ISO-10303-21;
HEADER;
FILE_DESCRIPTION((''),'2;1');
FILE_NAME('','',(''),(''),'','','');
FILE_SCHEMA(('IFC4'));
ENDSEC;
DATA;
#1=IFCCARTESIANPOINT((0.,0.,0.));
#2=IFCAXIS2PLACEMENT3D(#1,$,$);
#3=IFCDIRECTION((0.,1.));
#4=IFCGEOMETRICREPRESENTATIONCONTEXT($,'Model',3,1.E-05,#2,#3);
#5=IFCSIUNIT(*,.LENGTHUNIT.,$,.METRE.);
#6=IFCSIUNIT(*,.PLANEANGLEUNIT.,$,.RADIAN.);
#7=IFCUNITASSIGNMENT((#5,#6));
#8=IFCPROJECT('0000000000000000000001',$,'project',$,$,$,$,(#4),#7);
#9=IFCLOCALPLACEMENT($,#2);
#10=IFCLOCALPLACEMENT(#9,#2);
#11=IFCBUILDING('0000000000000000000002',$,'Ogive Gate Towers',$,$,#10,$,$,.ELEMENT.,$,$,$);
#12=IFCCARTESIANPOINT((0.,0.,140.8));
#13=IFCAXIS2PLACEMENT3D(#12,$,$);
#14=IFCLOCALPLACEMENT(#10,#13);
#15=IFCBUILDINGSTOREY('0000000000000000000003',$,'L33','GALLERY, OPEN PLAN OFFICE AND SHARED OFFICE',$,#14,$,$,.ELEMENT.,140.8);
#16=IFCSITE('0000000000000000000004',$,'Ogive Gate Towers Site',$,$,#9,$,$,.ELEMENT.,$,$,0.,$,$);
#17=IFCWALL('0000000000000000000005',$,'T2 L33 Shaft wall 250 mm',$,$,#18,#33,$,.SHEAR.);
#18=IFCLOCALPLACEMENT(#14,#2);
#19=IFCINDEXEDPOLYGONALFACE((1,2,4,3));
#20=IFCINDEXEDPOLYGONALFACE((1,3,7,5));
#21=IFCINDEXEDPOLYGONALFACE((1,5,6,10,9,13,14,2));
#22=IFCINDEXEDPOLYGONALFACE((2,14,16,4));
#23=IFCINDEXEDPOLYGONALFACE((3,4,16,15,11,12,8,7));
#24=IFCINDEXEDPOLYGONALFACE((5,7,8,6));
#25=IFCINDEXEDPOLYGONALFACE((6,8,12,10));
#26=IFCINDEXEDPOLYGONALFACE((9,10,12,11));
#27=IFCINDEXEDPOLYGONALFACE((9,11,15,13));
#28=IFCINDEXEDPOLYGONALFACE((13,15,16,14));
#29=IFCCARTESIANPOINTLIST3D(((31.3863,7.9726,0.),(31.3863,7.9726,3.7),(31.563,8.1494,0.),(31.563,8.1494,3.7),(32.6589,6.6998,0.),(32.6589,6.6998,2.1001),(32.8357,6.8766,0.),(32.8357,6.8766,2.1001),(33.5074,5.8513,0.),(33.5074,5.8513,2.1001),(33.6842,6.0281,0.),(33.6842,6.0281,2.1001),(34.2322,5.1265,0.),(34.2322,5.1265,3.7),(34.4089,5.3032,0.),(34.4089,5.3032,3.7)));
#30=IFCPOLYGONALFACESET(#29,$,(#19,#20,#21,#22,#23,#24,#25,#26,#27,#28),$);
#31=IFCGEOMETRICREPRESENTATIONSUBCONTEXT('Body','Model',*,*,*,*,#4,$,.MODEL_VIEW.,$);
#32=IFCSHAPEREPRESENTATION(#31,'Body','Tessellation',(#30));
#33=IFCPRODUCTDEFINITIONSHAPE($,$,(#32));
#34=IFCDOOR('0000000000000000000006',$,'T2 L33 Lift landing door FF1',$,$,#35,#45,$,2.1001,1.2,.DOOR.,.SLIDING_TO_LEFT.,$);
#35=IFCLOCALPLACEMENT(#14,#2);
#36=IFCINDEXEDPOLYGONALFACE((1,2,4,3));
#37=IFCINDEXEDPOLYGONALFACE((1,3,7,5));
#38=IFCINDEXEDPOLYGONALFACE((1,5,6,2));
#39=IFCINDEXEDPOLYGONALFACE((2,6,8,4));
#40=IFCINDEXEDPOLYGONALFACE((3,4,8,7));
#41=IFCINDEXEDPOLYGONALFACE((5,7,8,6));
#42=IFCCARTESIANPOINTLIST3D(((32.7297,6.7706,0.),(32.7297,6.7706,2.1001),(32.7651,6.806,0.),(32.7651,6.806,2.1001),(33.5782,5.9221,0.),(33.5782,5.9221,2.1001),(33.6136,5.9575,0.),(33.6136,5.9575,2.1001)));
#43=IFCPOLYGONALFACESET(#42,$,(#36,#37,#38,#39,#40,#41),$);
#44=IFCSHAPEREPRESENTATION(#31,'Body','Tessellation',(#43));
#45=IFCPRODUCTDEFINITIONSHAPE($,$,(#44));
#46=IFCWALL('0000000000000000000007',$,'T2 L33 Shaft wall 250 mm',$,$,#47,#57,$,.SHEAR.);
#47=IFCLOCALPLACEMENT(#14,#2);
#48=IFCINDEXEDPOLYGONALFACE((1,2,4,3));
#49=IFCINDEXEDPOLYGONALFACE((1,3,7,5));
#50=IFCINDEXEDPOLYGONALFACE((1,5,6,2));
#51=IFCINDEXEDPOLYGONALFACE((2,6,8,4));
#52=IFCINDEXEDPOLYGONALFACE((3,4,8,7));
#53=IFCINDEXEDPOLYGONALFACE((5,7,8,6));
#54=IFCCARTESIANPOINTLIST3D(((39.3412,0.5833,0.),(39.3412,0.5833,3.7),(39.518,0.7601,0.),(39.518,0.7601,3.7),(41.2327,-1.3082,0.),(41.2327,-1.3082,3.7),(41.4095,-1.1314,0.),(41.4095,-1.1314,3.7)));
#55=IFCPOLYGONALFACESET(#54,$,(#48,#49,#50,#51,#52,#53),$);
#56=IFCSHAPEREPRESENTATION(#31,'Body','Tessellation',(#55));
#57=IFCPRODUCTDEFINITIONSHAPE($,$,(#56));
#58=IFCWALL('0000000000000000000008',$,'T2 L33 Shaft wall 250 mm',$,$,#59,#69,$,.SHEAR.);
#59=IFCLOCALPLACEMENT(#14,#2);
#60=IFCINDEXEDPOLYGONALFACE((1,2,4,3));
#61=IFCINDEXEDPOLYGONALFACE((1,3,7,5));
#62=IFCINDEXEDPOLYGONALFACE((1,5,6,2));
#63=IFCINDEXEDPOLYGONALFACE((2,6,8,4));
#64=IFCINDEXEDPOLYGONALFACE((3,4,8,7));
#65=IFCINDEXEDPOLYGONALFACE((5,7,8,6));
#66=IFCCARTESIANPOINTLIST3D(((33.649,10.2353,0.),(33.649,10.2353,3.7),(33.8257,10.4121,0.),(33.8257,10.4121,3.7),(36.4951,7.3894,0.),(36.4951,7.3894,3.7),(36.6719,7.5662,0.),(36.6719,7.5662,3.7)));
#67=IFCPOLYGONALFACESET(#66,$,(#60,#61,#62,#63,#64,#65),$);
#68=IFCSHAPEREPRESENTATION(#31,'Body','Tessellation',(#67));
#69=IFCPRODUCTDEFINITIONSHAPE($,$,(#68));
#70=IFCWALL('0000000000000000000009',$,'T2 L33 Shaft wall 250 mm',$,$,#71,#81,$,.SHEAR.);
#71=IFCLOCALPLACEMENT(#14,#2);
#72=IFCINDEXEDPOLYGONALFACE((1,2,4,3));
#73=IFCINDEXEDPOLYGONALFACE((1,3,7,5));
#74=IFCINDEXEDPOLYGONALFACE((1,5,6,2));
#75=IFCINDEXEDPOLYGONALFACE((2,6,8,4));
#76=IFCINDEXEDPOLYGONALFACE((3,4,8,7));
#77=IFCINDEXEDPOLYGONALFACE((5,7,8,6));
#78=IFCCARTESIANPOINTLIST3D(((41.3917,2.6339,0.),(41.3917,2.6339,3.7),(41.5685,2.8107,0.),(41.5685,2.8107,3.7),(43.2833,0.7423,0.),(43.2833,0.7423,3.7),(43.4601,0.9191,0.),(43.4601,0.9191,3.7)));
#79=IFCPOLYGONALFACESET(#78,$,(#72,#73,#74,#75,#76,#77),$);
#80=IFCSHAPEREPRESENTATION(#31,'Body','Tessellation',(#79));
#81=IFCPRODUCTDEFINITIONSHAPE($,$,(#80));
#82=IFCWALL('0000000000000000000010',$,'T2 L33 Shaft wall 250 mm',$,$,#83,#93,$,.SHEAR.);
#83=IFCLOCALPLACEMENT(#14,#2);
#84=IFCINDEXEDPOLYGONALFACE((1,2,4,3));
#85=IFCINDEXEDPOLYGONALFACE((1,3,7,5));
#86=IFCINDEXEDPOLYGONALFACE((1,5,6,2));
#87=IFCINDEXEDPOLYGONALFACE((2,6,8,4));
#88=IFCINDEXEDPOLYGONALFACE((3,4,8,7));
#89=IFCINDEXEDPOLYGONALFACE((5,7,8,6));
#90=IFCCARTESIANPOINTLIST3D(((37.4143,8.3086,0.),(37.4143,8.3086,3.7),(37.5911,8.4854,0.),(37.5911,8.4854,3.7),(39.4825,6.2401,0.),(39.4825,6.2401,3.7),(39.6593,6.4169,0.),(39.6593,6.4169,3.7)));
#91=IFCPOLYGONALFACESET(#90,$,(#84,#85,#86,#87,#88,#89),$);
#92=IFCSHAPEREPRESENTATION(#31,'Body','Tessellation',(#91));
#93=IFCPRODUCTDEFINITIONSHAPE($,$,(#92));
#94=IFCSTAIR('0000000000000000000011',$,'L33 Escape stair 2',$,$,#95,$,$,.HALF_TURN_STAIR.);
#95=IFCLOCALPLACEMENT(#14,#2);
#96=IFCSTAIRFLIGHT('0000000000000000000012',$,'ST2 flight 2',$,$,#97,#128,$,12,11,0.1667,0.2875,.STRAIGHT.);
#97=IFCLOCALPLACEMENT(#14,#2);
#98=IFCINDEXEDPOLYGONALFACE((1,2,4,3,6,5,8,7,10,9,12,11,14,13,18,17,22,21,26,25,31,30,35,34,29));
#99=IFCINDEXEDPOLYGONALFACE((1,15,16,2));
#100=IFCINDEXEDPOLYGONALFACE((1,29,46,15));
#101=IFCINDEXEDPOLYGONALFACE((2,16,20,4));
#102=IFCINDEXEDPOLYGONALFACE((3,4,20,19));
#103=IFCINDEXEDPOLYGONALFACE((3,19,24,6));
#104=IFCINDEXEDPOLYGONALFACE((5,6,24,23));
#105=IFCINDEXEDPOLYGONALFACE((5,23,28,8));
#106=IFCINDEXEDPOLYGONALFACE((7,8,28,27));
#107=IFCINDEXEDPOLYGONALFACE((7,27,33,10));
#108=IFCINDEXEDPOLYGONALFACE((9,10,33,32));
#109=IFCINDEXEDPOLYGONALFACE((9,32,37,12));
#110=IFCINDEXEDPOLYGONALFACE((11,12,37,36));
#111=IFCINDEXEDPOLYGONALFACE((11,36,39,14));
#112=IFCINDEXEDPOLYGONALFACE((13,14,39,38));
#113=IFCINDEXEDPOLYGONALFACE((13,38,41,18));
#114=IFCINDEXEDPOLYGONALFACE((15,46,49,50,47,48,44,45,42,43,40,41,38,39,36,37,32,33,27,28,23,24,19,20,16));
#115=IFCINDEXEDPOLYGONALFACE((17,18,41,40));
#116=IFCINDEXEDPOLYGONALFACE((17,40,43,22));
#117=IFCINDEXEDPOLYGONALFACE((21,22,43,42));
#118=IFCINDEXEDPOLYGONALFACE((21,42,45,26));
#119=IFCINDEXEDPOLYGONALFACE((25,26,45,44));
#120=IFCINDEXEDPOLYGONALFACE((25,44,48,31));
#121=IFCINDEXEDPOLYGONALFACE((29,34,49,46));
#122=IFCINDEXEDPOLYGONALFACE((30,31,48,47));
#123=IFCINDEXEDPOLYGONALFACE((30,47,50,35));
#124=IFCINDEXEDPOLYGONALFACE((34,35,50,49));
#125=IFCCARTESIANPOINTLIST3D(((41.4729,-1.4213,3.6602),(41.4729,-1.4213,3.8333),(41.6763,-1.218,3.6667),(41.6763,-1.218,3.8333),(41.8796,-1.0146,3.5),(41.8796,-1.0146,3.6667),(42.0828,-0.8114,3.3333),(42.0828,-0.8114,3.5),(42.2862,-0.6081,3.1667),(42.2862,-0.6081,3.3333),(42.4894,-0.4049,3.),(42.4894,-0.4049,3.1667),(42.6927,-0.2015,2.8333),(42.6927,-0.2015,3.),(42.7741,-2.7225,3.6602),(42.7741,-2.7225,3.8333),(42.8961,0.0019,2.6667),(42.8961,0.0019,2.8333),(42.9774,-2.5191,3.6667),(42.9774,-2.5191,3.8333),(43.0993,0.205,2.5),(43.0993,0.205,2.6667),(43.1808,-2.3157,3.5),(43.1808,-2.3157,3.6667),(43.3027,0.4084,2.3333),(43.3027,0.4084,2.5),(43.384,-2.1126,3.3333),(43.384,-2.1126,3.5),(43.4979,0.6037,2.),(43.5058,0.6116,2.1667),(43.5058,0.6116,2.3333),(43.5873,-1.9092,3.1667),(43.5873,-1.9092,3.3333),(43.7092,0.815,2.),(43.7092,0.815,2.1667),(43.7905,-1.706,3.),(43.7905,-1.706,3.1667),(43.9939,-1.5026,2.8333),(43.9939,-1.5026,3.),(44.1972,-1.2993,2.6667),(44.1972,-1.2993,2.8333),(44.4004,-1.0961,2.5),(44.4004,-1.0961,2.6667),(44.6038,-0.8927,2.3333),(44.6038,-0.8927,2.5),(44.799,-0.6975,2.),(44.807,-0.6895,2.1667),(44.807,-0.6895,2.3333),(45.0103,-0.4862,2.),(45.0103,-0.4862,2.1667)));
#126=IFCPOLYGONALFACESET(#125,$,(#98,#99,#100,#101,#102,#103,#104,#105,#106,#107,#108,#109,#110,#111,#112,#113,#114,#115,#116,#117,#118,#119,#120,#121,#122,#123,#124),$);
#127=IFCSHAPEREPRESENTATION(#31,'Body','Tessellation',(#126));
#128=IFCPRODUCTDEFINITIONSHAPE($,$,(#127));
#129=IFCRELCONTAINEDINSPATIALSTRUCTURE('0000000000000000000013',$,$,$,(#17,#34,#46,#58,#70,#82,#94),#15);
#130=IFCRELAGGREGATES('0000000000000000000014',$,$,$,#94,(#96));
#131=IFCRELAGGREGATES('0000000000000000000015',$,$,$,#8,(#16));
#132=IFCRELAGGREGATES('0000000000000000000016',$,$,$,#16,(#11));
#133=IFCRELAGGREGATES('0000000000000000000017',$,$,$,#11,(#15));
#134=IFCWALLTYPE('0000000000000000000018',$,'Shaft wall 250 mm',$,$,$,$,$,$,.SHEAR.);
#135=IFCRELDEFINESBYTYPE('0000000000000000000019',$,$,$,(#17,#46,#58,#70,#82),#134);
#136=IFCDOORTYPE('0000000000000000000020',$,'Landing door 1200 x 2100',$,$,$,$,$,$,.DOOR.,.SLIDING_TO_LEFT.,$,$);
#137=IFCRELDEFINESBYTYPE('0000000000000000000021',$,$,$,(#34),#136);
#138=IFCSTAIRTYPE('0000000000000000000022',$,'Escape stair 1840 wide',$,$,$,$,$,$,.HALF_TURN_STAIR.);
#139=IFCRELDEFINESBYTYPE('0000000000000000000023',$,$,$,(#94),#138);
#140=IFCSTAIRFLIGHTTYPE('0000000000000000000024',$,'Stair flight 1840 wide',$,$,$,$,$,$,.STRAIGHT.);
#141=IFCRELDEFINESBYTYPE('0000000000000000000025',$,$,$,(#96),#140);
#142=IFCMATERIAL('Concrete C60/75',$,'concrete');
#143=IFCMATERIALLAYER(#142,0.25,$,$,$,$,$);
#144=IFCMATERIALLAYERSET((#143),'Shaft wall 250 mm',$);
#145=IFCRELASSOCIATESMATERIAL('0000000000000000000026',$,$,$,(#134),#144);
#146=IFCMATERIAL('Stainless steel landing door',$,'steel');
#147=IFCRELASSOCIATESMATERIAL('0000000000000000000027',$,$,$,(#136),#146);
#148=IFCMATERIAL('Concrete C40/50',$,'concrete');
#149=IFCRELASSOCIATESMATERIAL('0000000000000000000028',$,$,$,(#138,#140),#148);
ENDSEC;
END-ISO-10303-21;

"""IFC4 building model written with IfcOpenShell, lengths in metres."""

from ifc_helpers import new_model, si_unit, direction, frame, frame_2d, origin, place, context, subcontext, project, spatial, polyline, rectangle, outline, extrude, material, layer, layer_set, type_object, element, fill, aggregate, save


model = new_model("IFC4")

# Units and contexts
model_context = context("Model", 3, precision=1e-05, world=origin(), true_north=direction((0.0, 1.0)))
body_context = subcontext(model_context, "Body", "Model", "MODEL_VIEW")
ifc_project = project(units=[si_unit("LENGTHUNIT", "METRE"), si_unit("PLANEANGLEUNIT", "RADIAN")], contexts=[model_context])

# Site, building, storey
site_placement = place(None, origin())
site = spatial("IfcSite", under=ifc_project, at=site_placement, Name="Ogive Gate Towers Site", CompositionType="ELEMENT", RefElevation=0.0)
building_placement = place(site_placement, origin())
building = spatial("IfcBuilding", under=site, at=building_placement, Name="Ogive Gate Towers", CompositionType="ELEMENT")
storey_placement = place(building_placement, frame((0.0, 0.0, 140.8)))
storey = spatial("IfcBuildingStorey", under=building, at=storey_placement, Name="L33", Description="GALLERY, OPEN PLAN OFFICE AND SHARED OFFICE", CompositionType="ELEMENT", Elevation=140.8)

# Shared definitions
ifc_material_1 = material(Name="Concrete C60/75", Category="concrete")
ifc_layer_1 = layer(ifc_material_1, 0.25)
ifc_layer_set_1 = layer_set([ifc_layer_1], Name="Shaft wall 250 mm")
wall_type_1 = type_object("IfcWallType", Name="Shaft wall 250 mm", PredefinedType="SHEAR", material=ifc_layer_set_1)

# Wall, opening, door
wall_1_placement = place(storey_placement, frame((34.3206, 5.2148, 0.0), z_axis=(0.0, 0.0, 1.0), x_axis=(-0.707076, 0.707137, 0.0)))
wall_1 = element("IfcWall", 1, at=wall_1_placement, inside=storey, type_object=wall_type_1, Name="T2 L33 Shaft wall 250 mm", PredefinedType="SHEAR", context=body_context, shape_type="SweptSolid", body=[
    extrude(rectangle(XDim=4.0249, YDim=0.25, at=frame_2d((2.0125, 0.0))), origin(), (0.0, 0.0, 1.0), 3.7),
])
opening_1_placement = place(wall_1_placement, frame((1.0249, 0.0, 0.0)))
opening_1 = element("IfcOpeningElement", 2, at=opening_1_placement, cuts=wall_1, PredefinedType="OPENING", context=body_context, shape_type="SweptSolid", body=[
    extrude(rectangle(XDim=1.2, YDim=2.1001, at=frame_2d((0.6001, 1.05))), frame((0.0, 0.135, 0.0), z_axis=(0.0, -1.0, 0.0), x_axis=(1.0, 0.0, 0.0)), (0.0, 0.0, 1.0), 0.27),
])
ifc_material_2 = material(Name="Stainless steel landing door", Category="steel")
door_type_1 = type_object("IfcDoorType", Name="Landing door 1200 x 2100", OperationType="SLIDING_TO_LEFT", PredefinedType="DOOR", material=ifc_material_2)
door_1_placement = place(opening_1_placement, origin())
door_1 = element("IfcDoor", 3, at=door_1_placement, inside=storey, type_object=door_type_1, Name="T2 L33 Lift landing door FF1", OperationType="SLIDING_TO_LEFT", OverallHeight=2.1001, OverallWidth=1.2, PredefinedType="DOOR", context=body_context, shape_type="SweptSolid", body=[
    extrude(rectangle(XDim=1.2, YDim=2.1001, at=frame_2d((0.6001, 1.05))), frame((0.0, 0.0249, 0.0), z_axis=(0.0, -1.0, 0.0), x_axis=(1.0, 0.0, 0.0)), (0.0, 0.0, 1.0), 0.05),
])
fill(opening_1, door_1)

# Walls
wall_2_placement = place(storey_placement, frame((41.321, -1.2197, 0.0), z_axis=(0.0, 0.0, 1.0), x_axis=(-0.707107, 0.707107, 0.0)))
element("IfcWall", 4, at=wall_2_placement, inside=storey, type_object=wall_type_1, Name="T2 L33 Shaft wall 250 mm", PredefinedType="SHEAR", context=body_context, shape_type="SweptSolid", body=[
    extrude(rectangle(XDim=2.675, YDim=0.25, at=frame_2d((1.3374, 0.0))), origin(), (0.0, 0.0, 1.0), 3.7),
])
wall_3_placement = place(storey_placement, frame((36.5835, 7.4778, 0.0), z_axis=(0.0, 0.0, 1.0), x_axis=(-0.707137, 0.707076, 0.0)))
element("IfcWall", 5, at=wall_3_placement, inside=storey, type_object=wall_type_1, Name="T2 L33 Shaft wall 250 mm", PredefinedType="SHEAR", context=body_context, shape_type="SweptSolid", body=[
    extrude(rectangle(XDim=4.0249, YDim=0.25, at=frame_2d((2.0125, 0.0))), origin(), (0.0, 0.0, 1.0), 3.7),
])
wall_4_placement = place(storey_placement, frame((43.3716, 0.8308, 0.0), z_axis=(0.0, 0.0, 1.0), x_axis=(-0.707107, 0.707107, 0.0)))
element("IfcWall", 6, at=wall_4_placement, inside=storey, type_object=wall_type_1, Name="T2 L33 Shaft wall 250 mm", PredefinedType="SHEAR", context=body_context, shape_type="SweptSolid", body=[
    extrude(rectangle(XDim=2.675, YDim=0.25, at=frame_2d((1.3374, 0.0))), origin(), (0.0, 0.0, 1.0), 3.7),
])
wall_5_placement = place(storey_placement, frame((39.5708, 6.3286, 0.0), z_axis=(0.0, 0.0, 1.0), x_axis=(-0.707065, 0.707149, 0.0)))
element("IfcWall", 7, at=wall_5_placement, inside=storey, type_object=wall_type_1, Name="T2 L33 Shaft wall 250 mm", PredefinedType="SHEAR", context=body_context, shape_type="SweptSolid", body=[
    extrude(rectangle(XDim=2.925, YDim=0.25, at=frame_2d((1.4624, 0.0))), origin(), (0.0, 0.0, 1.0), 3.7),
])

# Stair, stair flight
ifc_material_3 = material(Name="Concrete C40/50", Category="concrete")
stair_type = type_object("IfcStairType", Name="Escape stair 1840 wide", PredefinedType="HALF_TURN_STAIR", material=ifc_material_3)
stair_placement = place(storey_placement, origin())
stair = element("IfcStair", 8, at=stair_placement, inside=storey, type_object=stair_type, Name="L33 Escape stair 2", PredefinedType="HALF_TURN_STAIR")
stair_flight_type = type_object("IfcStairFlightType", Name="Stair flight 1840 wide", PredefinedType="STRAIGHT", material=ifc_material_3)
stair_flight_placement = place(storey_placement, frame((44.3599, 0.1643, 2.0), z_axis=(0.0, 0.0, 1.0), x_axis=(-0.707107, -0.707107, 0.0)))
stair_flight = element("IfcStairFlight", 9, at=stair_flight_placement, type_object=stair_flight_type, Name="ST2 flight 2", NumberOfRisers=12, NumberOfTreads=11, PredefinedType="STRAIGHT", RiserHeight=0.1667, TreadLength=0.2875, context=body_context, shape_type="SweptSolid", body=[
    extrude(outline(polyline([(0.0, 0.0), (0.0, 0.1667), (0.2876, 0.1667), (0.2876, 0.3333), (0.575, 0.3333), (0.575, 0.5), (0.8625, 0.5), (0.8625, 0.6667), (1.1499, 0.6667), (1.1499, 0.8333), (1.4375, 0.8333), (1.4375, 1.0), (1.7251, 1.0), (1.7251, 1.1667), (2.0125, 1.1667), (2.0125, 1.3333), (2.3, 1.3333), (2.3, 1.5), (2.5874, 1.5), (2.5874, 1.6667), (2.875, 1.6667), (2.875, 1.8333), (3.1626, 1.8333), (3.1626, 2.0), (3.1626, 1.6602), (0.2988, 0.0), (0.0, 0.0)])), frame((0.0, 0.9199, 0.0), z_axis=(0.0, -1.0, 0.0), x_axis=(1.0, 0.0, 0.0)), (0.0, 0.0, 1.0), 1.8401),
])
aggregate(stair, [stair_flight])

save(model, "model.ifc")
